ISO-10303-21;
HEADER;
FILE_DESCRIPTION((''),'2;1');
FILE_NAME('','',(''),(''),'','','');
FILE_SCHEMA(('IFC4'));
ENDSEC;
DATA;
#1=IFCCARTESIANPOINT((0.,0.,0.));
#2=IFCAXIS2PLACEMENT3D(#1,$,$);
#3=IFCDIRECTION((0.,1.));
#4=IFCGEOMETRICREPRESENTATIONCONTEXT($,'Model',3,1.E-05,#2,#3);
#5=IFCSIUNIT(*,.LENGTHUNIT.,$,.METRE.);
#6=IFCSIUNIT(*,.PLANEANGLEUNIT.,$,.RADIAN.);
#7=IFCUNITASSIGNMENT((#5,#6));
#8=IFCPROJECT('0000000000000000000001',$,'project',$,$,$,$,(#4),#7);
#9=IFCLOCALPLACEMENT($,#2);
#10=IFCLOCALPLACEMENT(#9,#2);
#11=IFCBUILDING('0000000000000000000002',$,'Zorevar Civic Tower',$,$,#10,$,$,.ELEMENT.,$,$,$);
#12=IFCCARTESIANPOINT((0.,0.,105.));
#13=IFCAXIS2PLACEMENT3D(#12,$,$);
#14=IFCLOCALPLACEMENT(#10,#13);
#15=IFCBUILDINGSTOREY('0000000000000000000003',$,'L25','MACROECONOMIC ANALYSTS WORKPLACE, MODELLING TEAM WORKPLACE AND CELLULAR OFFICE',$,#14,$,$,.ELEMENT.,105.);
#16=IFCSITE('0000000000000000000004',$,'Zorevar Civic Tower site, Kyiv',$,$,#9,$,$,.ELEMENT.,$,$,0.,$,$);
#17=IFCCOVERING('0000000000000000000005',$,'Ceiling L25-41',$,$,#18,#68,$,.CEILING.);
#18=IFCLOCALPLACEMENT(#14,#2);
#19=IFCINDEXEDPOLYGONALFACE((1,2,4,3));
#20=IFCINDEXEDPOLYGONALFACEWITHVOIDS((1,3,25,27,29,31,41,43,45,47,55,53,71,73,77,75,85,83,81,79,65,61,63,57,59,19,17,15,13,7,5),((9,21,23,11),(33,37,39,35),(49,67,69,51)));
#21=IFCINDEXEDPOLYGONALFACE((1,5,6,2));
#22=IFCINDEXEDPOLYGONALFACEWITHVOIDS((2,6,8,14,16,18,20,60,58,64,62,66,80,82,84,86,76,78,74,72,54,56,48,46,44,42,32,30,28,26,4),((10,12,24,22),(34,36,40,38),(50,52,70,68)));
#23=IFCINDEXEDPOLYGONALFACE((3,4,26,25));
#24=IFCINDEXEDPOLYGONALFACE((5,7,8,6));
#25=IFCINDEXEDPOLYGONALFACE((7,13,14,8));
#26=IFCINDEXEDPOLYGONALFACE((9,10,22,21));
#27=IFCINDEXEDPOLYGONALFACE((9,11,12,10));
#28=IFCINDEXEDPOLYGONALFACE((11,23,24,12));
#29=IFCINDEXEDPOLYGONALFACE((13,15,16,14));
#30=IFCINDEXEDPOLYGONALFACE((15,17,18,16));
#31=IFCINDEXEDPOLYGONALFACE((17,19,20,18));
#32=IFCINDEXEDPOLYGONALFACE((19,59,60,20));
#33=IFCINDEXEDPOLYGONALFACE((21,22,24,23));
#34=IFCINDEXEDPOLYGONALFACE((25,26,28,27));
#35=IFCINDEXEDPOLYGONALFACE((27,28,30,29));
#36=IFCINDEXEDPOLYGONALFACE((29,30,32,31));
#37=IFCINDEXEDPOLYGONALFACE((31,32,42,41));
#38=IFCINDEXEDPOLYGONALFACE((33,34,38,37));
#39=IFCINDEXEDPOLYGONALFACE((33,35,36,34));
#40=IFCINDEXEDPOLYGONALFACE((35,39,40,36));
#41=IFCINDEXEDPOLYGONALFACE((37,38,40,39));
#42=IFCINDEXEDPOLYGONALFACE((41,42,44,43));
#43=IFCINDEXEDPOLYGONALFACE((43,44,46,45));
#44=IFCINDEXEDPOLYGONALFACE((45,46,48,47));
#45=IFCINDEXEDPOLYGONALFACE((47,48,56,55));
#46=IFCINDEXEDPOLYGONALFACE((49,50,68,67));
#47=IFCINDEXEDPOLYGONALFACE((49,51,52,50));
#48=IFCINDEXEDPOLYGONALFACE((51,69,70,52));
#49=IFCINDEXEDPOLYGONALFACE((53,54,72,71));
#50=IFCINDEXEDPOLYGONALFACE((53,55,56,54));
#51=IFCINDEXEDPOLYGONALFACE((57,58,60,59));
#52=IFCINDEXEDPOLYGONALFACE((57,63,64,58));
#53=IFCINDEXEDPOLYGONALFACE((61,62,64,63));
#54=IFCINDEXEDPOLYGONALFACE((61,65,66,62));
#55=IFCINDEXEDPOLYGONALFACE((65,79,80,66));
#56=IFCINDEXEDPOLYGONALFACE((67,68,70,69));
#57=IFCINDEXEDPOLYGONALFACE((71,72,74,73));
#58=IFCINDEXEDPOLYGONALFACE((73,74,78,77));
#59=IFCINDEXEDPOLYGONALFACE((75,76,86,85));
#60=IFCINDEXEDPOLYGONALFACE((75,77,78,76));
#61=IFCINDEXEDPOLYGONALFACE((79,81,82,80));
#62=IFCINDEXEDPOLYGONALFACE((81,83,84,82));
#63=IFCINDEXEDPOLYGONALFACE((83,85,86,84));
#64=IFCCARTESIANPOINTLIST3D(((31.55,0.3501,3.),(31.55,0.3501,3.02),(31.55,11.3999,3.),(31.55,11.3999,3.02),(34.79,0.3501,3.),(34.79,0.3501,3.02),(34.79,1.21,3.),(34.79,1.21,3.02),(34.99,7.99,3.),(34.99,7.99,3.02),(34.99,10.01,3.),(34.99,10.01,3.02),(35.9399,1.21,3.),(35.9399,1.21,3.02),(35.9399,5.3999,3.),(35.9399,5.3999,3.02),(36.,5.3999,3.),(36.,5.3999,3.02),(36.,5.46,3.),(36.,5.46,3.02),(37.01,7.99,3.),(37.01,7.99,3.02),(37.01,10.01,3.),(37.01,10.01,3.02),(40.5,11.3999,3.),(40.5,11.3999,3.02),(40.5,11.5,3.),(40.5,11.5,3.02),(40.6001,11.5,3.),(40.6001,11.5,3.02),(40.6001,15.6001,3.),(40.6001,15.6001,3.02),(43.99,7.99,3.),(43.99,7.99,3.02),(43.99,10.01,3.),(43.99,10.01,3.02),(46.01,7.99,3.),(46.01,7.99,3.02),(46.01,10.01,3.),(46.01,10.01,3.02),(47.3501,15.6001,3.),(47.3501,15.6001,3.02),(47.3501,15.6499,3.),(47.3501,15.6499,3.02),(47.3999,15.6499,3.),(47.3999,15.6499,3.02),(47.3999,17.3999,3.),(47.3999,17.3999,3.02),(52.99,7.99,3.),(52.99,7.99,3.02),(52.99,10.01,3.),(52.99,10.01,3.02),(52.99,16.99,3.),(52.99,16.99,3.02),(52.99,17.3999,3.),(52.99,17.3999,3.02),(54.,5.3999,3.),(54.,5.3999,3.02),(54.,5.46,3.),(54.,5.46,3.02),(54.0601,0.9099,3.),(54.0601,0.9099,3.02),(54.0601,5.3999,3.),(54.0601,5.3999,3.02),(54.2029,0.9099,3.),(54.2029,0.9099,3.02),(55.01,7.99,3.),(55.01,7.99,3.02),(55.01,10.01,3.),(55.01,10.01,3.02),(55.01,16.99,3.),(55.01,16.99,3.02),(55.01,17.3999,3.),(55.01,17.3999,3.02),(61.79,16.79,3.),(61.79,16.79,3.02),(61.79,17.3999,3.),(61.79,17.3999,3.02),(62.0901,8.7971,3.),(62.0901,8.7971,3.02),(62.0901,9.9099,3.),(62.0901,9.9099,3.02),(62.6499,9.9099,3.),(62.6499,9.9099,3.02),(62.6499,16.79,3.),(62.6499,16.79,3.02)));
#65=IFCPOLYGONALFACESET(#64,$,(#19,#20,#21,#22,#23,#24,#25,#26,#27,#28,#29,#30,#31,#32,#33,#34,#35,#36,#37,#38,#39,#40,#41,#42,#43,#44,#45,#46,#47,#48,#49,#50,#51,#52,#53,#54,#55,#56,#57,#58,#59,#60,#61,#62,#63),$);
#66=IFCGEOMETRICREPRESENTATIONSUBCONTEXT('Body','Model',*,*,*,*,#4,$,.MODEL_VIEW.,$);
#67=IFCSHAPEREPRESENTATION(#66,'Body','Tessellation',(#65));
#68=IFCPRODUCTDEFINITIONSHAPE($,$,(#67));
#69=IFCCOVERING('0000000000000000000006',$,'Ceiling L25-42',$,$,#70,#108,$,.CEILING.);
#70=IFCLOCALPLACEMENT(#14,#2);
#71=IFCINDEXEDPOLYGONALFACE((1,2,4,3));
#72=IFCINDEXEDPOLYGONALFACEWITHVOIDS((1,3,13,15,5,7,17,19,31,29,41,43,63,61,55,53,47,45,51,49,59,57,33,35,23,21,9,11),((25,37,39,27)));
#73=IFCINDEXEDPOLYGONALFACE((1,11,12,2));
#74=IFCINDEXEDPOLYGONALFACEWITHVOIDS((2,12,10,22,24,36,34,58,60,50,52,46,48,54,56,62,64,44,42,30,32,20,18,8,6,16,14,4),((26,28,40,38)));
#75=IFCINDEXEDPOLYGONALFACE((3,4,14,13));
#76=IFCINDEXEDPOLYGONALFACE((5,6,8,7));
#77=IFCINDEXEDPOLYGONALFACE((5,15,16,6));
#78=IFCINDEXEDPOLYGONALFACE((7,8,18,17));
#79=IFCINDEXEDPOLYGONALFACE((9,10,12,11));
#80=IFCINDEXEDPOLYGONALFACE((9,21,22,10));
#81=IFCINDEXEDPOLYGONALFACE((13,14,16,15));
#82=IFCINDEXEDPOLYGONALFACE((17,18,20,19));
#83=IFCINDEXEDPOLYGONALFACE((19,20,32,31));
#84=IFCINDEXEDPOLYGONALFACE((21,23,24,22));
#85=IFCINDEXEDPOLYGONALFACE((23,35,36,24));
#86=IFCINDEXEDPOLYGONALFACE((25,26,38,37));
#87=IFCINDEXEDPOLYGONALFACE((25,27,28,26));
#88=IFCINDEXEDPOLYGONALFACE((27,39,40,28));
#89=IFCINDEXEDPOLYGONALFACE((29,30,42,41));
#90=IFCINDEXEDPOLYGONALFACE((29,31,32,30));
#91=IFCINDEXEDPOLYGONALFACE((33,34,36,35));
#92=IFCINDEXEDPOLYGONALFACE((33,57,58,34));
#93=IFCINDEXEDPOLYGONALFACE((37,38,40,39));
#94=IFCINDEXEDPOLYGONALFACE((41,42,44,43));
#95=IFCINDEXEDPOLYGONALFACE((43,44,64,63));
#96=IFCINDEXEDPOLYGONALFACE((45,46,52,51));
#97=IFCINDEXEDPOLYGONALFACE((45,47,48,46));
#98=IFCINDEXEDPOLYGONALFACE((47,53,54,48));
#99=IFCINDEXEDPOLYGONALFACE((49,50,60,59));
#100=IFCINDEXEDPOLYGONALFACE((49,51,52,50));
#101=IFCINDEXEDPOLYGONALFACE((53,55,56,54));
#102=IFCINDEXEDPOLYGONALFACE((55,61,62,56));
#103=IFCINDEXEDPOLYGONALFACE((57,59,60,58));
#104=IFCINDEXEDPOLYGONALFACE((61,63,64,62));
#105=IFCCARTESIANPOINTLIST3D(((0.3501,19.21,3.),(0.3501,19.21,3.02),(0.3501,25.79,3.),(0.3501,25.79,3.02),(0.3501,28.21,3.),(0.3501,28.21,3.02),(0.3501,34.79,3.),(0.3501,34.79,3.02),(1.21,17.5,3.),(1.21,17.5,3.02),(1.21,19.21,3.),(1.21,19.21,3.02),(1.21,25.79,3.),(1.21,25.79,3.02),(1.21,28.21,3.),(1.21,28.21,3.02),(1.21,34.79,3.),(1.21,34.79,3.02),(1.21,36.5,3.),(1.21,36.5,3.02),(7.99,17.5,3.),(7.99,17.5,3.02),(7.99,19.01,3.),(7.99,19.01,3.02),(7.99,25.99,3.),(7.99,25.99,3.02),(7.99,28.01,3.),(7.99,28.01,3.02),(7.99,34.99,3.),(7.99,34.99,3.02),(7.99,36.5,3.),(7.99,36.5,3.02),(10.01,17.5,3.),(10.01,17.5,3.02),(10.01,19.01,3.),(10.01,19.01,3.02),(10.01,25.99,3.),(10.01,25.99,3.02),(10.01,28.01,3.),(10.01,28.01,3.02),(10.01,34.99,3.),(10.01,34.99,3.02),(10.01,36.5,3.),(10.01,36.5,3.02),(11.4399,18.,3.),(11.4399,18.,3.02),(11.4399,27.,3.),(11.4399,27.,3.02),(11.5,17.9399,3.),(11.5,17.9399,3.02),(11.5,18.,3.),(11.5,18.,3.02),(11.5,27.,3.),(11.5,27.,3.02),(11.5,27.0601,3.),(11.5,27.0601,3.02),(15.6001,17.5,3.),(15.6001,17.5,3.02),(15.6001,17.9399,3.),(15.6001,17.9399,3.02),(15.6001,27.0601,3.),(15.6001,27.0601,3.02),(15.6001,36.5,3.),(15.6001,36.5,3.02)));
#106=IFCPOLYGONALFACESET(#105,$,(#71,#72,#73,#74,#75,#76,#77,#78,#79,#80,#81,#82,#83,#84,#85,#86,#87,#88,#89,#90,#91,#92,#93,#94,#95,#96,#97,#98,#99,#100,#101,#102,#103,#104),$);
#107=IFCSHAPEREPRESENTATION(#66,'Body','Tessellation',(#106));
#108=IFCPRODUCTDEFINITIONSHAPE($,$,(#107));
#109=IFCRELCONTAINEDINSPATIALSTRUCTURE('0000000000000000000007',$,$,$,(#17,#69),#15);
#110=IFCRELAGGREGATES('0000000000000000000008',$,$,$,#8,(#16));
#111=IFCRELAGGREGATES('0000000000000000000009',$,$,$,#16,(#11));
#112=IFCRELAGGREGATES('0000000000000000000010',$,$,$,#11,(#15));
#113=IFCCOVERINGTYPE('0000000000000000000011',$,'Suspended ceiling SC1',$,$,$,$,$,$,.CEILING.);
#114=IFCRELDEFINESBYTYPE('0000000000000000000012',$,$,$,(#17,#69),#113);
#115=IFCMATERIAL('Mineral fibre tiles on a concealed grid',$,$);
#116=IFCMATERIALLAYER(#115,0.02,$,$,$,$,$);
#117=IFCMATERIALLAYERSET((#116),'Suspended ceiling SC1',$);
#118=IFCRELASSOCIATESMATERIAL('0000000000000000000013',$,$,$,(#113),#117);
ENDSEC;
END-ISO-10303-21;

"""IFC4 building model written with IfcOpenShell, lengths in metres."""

from ifc_helpers import new_model, si_unit, direction, frame, origin, place, context, subcontext, project, spatial, polyline, outline, extrude, material, layer, layer_set, type_object, element, save


model = new_model("IFC4")

# Units and contexts
model_context = context("Model", 3, precision=1e-05, world=origin(), true_north=direction((0.0, 1.0)))
body_context = subcontext(model_context, "Body", "Model", "MODEL_VIEW")
ifc_project = project(units=[si_unit("LENGTHUNIT", "METRE"), si_unit("PLANEANGLEUNIT", "RADIAN")], contexts=[model_context])

# Site, building, storey
site_placement = place(None, origin())
site = spatial("IfcSite", under=ifc_project, at=site_placement, Name="Zorevar Civic Tower site, Kyiv", CompositionType="ELEMENT", RefElevation=0.0)
building_placement = place(site_placement, origin())
building = spatial("IfcBuilding", under=site, at=building_placement, Name="Zorevar Civic Tower", CompositionType="ELEMENT")
storey_placement = place(building_placement, frame((0.0, 0.0, 105.0)))
storey = spatial("IfcBuildingStorey", under=building, at=storey_placement, Name="L25", Description="MACROECONOMIC ANALYSTS WORKPLACE, MODELLING TEAM WORKPLACE AND CELLULAR OFFICE", CompositionType="ELEMENT", Elevation=105.0)

# Coverings
ifc_material_1 = material(Name="Mineral fibre tiles on a concealed grid")
ifc_layer_1 = layer(ifc_material_1, 0.02)
ifc_layer_set_1 = layer_set([ifc_layer_1], Name="Suspended ceiling SC1")
covering_type_1 = type_object("IfcCoveringType", Name="Suspended ceiling SC1", PredefinedType="CEILING", material=ifc_layer_set_1)
covering_1_placement = place(storey_placement, frame((0.0, 0.0, 3.0)))
element("IfcCovering", 1, at=covering_1_placement, inside=storey, type_object=covering_type_1, Name="Ceiling L25-41", PredefinedType="CEILING", context=body_context, shape_type="SweptSolid", body=[
    extrude(outline(polyline([(62.0901, 9.9099), (62.0901, 8.7971), (54.2029, 0.9099), (54.0601, 0.9099), (54.0601, 5.3999), (54.0, 5.3999), (54.0, 5.46), (36.0, 5.46), (36.0, 5.3999), (35.9399, 5.3999), (35.9399, 1.21), (34.79, 1.21), (34.79, 0.3501), (31.55, 0.3501), (31.55, 11.3999), (40.5, 11.3999), (40.5, 11.5), (40.6001, 11.5), (40.6001, 15.6001), (47.3501, 15.6001), (47.3501, 15.6499), (47.3999, 15.6499), (47.3999, 17.3999), (52.99, 17.3999), (52.99, 16.99), (55.01, 16.99), (55.01, 17.3999), (61.79, 17.3999), (61.79, 16.79), (62.6499, 16.79), (62.6499, 9.9099), (62.0901, 9.9099)]), holes=[polyline([(37.01, 7.99), (37.01, 10.01), (34.99, 10.01), (34.99, 7.99), (37.01, 7.99)]), polyline([(43.99, 7.99), (46.01, 7.99), (46.01, 10.01), (43.99, 10.01), (43.99, 7.99)]), polyline([(55.01, 10.01), (52.99, 10.01), (52.99, 7.99), (55.01, 7.99), (55.01, 10.01)])]), origin(), (0.0, 0.0, 1.0), 0.02),
])
covering_2_placement = place(storey_placement, frame((0.0, 0.0, 3.0)))
element("IfcCovering", 2, at=covering_2_placement, inside=storey, type_object=covering_type_1, Name="Ceiling L25-42", PredefinedType="CEILING", context=body_context, shape_type="SweptSolid", body=[
    extrude(outline(polyline([(10.01, 17.5), (10.01, 19.01), (7.99, 19.01), (7.99, 17.5), (1.21, 17.5), (1.21, 19.21), (0.3501, 19.21), (0.3501, 25.79), (1.21, 25.79), (1.21, 28.21), (0.3501, 28.21), (0.3501, 34.79), (1.21, 34.79), (1.21, 36.5), (7.99, 36.5), (7.99, 34.99), (10.01, 34.99), (10.01, 36.5), (15.6001, 36.5), (15.6001, 27.0601), (11.5, 27.0601), (11.5, 27.0), (11.4399, 27.0), (11.4399, 18.0), (11.5, 18.0), (11.5, 17.9399), (15.6001, 17.9399), (15.6001, 17.5), (10.01, 17.5)]), holes=[polyline([(7.99, 28.01), (7.99, 25.99), (10.01, 25.99), (10.01, 28.01), (7.99, 28.01)])]), origin(), (0.0, 0.0, 1.0), 0.02),
])

save(model, "model.ifc")
